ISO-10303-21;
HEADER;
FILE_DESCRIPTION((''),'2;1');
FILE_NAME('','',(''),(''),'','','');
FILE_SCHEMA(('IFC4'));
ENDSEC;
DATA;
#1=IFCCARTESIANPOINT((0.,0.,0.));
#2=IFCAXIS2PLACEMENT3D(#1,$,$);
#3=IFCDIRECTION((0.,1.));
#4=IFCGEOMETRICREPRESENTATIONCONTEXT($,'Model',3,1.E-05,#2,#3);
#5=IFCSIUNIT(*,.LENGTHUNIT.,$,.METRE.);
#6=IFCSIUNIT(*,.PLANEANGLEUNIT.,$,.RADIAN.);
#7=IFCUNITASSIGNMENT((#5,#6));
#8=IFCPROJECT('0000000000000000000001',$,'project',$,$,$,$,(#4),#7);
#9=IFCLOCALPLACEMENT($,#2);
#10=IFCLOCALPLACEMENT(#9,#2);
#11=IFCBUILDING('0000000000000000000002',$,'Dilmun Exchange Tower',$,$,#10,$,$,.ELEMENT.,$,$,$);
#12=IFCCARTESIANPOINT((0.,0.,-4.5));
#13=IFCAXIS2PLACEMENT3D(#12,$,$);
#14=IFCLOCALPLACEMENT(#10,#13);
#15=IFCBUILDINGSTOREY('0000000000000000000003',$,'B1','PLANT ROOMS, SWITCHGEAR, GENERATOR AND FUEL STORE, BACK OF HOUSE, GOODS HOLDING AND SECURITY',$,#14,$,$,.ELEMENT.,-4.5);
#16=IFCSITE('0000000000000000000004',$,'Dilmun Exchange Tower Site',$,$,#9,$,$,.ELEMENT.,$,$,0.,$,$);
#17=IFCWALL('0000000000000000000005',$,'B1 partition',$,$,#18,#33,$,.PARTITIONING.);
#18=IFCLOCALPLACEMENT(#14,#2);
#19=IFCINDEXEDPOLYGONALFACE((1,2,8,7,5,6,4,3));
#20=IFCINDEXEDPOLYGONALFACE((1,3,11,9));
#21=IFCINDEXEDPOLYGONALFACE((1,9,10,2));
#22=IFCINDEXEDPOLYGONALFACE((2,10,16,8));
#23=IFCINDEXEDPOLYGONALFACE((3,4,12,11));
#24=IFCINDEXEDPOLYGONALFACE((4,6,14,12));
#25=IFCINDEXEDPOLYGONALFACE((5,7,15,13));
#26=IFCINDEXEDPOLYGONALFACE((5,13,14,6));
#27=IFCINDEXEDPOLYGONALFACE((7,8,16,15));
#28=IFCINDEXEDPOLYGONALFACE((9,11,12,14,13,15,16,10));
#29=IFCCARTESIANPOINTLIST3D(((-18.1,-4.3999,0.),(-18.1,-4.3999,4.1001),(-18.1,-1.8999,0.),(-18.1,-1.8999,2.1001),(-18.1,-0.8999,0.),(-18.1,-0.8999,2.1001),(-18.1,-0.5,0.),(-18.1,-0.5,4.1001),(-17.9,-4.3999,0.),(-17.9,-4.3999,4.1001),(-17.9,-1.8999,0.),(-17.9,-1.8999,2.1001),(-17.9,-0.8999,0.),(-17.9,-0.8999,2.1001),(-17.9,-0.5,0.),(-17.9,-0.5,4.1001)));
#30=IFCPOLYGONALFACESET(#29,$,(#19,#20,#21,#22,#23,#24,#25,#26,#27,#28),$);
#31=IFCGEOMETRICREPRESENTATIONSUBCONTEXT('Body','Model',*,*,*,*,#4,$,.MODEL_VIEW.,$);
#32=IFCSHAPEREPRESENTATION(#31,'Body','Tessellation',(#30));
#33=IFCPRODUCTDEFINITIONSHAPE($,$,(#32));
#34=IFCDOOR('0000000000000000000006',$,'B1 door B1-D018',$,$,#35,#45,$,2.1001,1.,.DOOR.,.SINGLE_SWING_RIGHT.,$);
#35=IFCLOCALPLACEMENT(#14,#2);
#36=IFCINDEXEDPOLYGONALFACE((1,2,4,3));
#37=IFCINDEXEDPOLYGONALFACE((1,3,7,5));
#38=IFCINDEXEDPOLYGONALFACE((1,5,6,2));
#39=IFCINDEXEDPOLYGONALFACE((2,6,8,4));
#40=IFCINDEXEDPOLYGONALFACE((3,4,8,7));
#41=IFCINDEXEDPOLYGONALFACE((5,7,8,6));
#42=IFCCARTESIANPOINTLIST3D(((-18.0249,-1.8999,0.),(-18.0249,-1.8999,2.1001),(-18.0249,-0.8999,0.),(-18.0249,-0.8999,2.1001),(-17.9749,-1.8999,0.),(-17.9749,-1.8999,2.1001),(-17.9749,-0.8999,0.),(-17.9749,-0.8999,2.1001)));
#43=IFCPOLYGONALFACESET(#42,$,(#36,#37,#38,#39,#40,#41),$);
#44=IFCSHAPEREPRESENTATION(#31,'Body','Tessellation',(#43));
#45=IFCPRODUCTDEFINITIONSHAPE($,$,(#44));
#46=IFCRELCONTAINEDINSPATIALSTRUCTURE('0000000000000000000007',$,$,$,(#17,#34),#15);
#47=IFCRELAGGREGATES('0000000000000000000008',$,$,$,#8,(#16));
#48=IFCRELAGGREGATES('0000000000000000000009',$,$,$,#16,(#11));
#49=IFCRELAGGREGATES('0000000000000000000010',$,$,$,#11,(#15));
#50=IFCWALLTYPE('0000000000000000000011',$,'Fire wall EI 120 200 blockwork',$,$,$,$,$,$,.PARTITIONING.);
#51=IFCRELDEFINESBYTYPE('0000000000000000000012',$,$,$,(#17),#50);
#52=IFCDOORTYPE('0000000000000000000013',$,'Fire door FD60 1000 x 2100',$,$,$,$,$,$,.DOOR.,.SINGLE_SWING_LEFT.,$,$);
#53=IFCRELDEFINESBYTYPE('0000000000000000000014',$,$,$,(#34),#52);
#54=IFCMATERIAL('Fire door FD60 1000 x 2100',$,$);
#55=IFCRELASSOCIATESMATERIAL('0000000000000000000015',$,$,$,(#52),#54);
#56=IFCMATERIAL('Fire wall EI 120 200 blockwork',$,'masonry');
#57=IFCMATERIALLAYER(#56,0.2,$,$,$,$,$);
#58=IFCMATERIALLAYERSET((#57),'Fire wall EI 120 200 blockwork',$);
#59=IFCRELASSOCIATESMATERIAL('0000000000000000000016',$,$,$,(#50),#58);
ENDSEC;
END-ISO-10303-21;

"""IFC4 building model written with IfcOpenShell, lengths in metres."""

from ifc_helpers import new_model, si_unit, direction, frame, frame_2d, origin, place, context, subcontext, project, spatial, rectangle, extrude, material, layer, layer_set, type_object, element, fill, save


model = new_model("IFC4")

# Units and contexts
model_context = context("Model", 3, precision=1e-05, world=origin(), true_north=direction((0.0, 1.0)))
body_context = subcontext(model_context, "Body", "Model", "MODEL_VIEW")
ifc_project = project(units=[si_unit("LENGTHUNIT", "METRE"), si_unit("PLANEANGLEUNIT", "RADIAN")], contexts=[model_context])

# Site, building, storey
site_placement = place(None, origin())
site = spatial("IfcSite", under=ifc_project, at=site_placement, Name="Dilmun Exchange Tower Site", CompositionType="ELEMENT", RefElevation=0.0)
building_placement = place(site_placement, origin())
building = spatial("IfcBuilding", under=site, at=building_placement, Name="Dilmun Exchange Tower", CompositionType="ELEMENT")
storey_placement = place(building_placement, frame((0.0, 0.0, -4.5)))
storey = spatial("IfcBuildingStorey", under=building, at=storey_placement, Name="B1", Description="PLANT ROOMS, SWITCHGEAR, GENERATOR AND FUEL STORE, BACK OF HOUSE, GOODS HOLDING AND SECURITY", CompositionType="ELEMENT", Elevation=-4.5)

# Shared definitions
ifc_material_1 = material(Name="Fire door FD60 1000 x 2100")
door_type_1 = type_object("IfcDoorType", Name="Fire door FD60 1000 x 2100", OperationType="SINGLE_SWING_LEFT", PredefinedType="DOOR", material=ifc_material_1)

# Shared definitions
ifc_material_2 = material(Name="Fire wall EI 120 200 blockwork", Category="masonry")
ifc_layer_1 = layer(ifc_material_2, 0.2)
ifc_layer_set_1 = layer_set([ifc_layer_1], Name="Fire wall EI 120 200 blockwork")
wall_type_1 = type_object("IfcWallType", Name="Fire wall EI 120 200 blockwork", PredefinedType="PARTITIONING", material=ifc_layer_set_1)

# Wall, opening, door
wall_1_placement = place(storey_placement, frame((-18.0, -4.3999, 0.0), z_axis=(0.0, 0.0, 1.0), x_axis=(0.0, 1.0, 0.0)))
wall_1 = element("IfcWall", 1, at=wall_1_placement, inside=storey, type_object=wall_type_1, Name="B1 partition", PredefinedType="PARTITIONING", context=body_context, shape_type="SweptSolid", body=[
    extrude(rectangle(XDim=3.8999, YDim=0.2, at=frame_2d((1.95, 0.0))), origin(), (0.0, 0.0, 1.0), 4.1001),
])
opening_1_placement = place(wall_1_placement, frame((2.5, 0.0, 0.0)))
opening_1 = element("IfcOpeningElement", 2, at=opening_1_placement, cuts=wall_1, PredefinedType="OPENING", context=body_context, shape_type="SweptSolid", body=[
    extrude(rectangle(XDim=1.0, YDim=2.1001, at=frame_2d((0.5, 1.05))), frame((0.0, 0.1099, 0.0), z_axis=(0.0, -1.0, 0.0), x_axis=(1.0, 0.0, 0.0)), (0.0, 0.0, 1.0), 0.22),
])
door_1_placement = place(opening_1_placement, origin())
door_1 = element("IfcDoor", 3, at=door_1_placement, inside=storey, type_object=door_type_1, Name="B1 door B1-D018", OperationType="SINGLE_SWING_RIGHT", OverallHeight=2.1001, OverallWidth=1.0, PredefinedType="DOOR", context=body_context, shape_type="SweptSolid", body=[
    extrude(rectangle(XDim=1.0, YDim=2.1001, at=frame_2d((0.5, 1.05))), frame((0.0, 0.0249, 0.0), z_axis=(0.0, -1.0, 0.0), x_axis=(1.0, 0.0, 0.0)), (0.0, 0.0, 1.0), 0.05),
])
fill(opening_1, door_1)

save(model, "model.ifc")
